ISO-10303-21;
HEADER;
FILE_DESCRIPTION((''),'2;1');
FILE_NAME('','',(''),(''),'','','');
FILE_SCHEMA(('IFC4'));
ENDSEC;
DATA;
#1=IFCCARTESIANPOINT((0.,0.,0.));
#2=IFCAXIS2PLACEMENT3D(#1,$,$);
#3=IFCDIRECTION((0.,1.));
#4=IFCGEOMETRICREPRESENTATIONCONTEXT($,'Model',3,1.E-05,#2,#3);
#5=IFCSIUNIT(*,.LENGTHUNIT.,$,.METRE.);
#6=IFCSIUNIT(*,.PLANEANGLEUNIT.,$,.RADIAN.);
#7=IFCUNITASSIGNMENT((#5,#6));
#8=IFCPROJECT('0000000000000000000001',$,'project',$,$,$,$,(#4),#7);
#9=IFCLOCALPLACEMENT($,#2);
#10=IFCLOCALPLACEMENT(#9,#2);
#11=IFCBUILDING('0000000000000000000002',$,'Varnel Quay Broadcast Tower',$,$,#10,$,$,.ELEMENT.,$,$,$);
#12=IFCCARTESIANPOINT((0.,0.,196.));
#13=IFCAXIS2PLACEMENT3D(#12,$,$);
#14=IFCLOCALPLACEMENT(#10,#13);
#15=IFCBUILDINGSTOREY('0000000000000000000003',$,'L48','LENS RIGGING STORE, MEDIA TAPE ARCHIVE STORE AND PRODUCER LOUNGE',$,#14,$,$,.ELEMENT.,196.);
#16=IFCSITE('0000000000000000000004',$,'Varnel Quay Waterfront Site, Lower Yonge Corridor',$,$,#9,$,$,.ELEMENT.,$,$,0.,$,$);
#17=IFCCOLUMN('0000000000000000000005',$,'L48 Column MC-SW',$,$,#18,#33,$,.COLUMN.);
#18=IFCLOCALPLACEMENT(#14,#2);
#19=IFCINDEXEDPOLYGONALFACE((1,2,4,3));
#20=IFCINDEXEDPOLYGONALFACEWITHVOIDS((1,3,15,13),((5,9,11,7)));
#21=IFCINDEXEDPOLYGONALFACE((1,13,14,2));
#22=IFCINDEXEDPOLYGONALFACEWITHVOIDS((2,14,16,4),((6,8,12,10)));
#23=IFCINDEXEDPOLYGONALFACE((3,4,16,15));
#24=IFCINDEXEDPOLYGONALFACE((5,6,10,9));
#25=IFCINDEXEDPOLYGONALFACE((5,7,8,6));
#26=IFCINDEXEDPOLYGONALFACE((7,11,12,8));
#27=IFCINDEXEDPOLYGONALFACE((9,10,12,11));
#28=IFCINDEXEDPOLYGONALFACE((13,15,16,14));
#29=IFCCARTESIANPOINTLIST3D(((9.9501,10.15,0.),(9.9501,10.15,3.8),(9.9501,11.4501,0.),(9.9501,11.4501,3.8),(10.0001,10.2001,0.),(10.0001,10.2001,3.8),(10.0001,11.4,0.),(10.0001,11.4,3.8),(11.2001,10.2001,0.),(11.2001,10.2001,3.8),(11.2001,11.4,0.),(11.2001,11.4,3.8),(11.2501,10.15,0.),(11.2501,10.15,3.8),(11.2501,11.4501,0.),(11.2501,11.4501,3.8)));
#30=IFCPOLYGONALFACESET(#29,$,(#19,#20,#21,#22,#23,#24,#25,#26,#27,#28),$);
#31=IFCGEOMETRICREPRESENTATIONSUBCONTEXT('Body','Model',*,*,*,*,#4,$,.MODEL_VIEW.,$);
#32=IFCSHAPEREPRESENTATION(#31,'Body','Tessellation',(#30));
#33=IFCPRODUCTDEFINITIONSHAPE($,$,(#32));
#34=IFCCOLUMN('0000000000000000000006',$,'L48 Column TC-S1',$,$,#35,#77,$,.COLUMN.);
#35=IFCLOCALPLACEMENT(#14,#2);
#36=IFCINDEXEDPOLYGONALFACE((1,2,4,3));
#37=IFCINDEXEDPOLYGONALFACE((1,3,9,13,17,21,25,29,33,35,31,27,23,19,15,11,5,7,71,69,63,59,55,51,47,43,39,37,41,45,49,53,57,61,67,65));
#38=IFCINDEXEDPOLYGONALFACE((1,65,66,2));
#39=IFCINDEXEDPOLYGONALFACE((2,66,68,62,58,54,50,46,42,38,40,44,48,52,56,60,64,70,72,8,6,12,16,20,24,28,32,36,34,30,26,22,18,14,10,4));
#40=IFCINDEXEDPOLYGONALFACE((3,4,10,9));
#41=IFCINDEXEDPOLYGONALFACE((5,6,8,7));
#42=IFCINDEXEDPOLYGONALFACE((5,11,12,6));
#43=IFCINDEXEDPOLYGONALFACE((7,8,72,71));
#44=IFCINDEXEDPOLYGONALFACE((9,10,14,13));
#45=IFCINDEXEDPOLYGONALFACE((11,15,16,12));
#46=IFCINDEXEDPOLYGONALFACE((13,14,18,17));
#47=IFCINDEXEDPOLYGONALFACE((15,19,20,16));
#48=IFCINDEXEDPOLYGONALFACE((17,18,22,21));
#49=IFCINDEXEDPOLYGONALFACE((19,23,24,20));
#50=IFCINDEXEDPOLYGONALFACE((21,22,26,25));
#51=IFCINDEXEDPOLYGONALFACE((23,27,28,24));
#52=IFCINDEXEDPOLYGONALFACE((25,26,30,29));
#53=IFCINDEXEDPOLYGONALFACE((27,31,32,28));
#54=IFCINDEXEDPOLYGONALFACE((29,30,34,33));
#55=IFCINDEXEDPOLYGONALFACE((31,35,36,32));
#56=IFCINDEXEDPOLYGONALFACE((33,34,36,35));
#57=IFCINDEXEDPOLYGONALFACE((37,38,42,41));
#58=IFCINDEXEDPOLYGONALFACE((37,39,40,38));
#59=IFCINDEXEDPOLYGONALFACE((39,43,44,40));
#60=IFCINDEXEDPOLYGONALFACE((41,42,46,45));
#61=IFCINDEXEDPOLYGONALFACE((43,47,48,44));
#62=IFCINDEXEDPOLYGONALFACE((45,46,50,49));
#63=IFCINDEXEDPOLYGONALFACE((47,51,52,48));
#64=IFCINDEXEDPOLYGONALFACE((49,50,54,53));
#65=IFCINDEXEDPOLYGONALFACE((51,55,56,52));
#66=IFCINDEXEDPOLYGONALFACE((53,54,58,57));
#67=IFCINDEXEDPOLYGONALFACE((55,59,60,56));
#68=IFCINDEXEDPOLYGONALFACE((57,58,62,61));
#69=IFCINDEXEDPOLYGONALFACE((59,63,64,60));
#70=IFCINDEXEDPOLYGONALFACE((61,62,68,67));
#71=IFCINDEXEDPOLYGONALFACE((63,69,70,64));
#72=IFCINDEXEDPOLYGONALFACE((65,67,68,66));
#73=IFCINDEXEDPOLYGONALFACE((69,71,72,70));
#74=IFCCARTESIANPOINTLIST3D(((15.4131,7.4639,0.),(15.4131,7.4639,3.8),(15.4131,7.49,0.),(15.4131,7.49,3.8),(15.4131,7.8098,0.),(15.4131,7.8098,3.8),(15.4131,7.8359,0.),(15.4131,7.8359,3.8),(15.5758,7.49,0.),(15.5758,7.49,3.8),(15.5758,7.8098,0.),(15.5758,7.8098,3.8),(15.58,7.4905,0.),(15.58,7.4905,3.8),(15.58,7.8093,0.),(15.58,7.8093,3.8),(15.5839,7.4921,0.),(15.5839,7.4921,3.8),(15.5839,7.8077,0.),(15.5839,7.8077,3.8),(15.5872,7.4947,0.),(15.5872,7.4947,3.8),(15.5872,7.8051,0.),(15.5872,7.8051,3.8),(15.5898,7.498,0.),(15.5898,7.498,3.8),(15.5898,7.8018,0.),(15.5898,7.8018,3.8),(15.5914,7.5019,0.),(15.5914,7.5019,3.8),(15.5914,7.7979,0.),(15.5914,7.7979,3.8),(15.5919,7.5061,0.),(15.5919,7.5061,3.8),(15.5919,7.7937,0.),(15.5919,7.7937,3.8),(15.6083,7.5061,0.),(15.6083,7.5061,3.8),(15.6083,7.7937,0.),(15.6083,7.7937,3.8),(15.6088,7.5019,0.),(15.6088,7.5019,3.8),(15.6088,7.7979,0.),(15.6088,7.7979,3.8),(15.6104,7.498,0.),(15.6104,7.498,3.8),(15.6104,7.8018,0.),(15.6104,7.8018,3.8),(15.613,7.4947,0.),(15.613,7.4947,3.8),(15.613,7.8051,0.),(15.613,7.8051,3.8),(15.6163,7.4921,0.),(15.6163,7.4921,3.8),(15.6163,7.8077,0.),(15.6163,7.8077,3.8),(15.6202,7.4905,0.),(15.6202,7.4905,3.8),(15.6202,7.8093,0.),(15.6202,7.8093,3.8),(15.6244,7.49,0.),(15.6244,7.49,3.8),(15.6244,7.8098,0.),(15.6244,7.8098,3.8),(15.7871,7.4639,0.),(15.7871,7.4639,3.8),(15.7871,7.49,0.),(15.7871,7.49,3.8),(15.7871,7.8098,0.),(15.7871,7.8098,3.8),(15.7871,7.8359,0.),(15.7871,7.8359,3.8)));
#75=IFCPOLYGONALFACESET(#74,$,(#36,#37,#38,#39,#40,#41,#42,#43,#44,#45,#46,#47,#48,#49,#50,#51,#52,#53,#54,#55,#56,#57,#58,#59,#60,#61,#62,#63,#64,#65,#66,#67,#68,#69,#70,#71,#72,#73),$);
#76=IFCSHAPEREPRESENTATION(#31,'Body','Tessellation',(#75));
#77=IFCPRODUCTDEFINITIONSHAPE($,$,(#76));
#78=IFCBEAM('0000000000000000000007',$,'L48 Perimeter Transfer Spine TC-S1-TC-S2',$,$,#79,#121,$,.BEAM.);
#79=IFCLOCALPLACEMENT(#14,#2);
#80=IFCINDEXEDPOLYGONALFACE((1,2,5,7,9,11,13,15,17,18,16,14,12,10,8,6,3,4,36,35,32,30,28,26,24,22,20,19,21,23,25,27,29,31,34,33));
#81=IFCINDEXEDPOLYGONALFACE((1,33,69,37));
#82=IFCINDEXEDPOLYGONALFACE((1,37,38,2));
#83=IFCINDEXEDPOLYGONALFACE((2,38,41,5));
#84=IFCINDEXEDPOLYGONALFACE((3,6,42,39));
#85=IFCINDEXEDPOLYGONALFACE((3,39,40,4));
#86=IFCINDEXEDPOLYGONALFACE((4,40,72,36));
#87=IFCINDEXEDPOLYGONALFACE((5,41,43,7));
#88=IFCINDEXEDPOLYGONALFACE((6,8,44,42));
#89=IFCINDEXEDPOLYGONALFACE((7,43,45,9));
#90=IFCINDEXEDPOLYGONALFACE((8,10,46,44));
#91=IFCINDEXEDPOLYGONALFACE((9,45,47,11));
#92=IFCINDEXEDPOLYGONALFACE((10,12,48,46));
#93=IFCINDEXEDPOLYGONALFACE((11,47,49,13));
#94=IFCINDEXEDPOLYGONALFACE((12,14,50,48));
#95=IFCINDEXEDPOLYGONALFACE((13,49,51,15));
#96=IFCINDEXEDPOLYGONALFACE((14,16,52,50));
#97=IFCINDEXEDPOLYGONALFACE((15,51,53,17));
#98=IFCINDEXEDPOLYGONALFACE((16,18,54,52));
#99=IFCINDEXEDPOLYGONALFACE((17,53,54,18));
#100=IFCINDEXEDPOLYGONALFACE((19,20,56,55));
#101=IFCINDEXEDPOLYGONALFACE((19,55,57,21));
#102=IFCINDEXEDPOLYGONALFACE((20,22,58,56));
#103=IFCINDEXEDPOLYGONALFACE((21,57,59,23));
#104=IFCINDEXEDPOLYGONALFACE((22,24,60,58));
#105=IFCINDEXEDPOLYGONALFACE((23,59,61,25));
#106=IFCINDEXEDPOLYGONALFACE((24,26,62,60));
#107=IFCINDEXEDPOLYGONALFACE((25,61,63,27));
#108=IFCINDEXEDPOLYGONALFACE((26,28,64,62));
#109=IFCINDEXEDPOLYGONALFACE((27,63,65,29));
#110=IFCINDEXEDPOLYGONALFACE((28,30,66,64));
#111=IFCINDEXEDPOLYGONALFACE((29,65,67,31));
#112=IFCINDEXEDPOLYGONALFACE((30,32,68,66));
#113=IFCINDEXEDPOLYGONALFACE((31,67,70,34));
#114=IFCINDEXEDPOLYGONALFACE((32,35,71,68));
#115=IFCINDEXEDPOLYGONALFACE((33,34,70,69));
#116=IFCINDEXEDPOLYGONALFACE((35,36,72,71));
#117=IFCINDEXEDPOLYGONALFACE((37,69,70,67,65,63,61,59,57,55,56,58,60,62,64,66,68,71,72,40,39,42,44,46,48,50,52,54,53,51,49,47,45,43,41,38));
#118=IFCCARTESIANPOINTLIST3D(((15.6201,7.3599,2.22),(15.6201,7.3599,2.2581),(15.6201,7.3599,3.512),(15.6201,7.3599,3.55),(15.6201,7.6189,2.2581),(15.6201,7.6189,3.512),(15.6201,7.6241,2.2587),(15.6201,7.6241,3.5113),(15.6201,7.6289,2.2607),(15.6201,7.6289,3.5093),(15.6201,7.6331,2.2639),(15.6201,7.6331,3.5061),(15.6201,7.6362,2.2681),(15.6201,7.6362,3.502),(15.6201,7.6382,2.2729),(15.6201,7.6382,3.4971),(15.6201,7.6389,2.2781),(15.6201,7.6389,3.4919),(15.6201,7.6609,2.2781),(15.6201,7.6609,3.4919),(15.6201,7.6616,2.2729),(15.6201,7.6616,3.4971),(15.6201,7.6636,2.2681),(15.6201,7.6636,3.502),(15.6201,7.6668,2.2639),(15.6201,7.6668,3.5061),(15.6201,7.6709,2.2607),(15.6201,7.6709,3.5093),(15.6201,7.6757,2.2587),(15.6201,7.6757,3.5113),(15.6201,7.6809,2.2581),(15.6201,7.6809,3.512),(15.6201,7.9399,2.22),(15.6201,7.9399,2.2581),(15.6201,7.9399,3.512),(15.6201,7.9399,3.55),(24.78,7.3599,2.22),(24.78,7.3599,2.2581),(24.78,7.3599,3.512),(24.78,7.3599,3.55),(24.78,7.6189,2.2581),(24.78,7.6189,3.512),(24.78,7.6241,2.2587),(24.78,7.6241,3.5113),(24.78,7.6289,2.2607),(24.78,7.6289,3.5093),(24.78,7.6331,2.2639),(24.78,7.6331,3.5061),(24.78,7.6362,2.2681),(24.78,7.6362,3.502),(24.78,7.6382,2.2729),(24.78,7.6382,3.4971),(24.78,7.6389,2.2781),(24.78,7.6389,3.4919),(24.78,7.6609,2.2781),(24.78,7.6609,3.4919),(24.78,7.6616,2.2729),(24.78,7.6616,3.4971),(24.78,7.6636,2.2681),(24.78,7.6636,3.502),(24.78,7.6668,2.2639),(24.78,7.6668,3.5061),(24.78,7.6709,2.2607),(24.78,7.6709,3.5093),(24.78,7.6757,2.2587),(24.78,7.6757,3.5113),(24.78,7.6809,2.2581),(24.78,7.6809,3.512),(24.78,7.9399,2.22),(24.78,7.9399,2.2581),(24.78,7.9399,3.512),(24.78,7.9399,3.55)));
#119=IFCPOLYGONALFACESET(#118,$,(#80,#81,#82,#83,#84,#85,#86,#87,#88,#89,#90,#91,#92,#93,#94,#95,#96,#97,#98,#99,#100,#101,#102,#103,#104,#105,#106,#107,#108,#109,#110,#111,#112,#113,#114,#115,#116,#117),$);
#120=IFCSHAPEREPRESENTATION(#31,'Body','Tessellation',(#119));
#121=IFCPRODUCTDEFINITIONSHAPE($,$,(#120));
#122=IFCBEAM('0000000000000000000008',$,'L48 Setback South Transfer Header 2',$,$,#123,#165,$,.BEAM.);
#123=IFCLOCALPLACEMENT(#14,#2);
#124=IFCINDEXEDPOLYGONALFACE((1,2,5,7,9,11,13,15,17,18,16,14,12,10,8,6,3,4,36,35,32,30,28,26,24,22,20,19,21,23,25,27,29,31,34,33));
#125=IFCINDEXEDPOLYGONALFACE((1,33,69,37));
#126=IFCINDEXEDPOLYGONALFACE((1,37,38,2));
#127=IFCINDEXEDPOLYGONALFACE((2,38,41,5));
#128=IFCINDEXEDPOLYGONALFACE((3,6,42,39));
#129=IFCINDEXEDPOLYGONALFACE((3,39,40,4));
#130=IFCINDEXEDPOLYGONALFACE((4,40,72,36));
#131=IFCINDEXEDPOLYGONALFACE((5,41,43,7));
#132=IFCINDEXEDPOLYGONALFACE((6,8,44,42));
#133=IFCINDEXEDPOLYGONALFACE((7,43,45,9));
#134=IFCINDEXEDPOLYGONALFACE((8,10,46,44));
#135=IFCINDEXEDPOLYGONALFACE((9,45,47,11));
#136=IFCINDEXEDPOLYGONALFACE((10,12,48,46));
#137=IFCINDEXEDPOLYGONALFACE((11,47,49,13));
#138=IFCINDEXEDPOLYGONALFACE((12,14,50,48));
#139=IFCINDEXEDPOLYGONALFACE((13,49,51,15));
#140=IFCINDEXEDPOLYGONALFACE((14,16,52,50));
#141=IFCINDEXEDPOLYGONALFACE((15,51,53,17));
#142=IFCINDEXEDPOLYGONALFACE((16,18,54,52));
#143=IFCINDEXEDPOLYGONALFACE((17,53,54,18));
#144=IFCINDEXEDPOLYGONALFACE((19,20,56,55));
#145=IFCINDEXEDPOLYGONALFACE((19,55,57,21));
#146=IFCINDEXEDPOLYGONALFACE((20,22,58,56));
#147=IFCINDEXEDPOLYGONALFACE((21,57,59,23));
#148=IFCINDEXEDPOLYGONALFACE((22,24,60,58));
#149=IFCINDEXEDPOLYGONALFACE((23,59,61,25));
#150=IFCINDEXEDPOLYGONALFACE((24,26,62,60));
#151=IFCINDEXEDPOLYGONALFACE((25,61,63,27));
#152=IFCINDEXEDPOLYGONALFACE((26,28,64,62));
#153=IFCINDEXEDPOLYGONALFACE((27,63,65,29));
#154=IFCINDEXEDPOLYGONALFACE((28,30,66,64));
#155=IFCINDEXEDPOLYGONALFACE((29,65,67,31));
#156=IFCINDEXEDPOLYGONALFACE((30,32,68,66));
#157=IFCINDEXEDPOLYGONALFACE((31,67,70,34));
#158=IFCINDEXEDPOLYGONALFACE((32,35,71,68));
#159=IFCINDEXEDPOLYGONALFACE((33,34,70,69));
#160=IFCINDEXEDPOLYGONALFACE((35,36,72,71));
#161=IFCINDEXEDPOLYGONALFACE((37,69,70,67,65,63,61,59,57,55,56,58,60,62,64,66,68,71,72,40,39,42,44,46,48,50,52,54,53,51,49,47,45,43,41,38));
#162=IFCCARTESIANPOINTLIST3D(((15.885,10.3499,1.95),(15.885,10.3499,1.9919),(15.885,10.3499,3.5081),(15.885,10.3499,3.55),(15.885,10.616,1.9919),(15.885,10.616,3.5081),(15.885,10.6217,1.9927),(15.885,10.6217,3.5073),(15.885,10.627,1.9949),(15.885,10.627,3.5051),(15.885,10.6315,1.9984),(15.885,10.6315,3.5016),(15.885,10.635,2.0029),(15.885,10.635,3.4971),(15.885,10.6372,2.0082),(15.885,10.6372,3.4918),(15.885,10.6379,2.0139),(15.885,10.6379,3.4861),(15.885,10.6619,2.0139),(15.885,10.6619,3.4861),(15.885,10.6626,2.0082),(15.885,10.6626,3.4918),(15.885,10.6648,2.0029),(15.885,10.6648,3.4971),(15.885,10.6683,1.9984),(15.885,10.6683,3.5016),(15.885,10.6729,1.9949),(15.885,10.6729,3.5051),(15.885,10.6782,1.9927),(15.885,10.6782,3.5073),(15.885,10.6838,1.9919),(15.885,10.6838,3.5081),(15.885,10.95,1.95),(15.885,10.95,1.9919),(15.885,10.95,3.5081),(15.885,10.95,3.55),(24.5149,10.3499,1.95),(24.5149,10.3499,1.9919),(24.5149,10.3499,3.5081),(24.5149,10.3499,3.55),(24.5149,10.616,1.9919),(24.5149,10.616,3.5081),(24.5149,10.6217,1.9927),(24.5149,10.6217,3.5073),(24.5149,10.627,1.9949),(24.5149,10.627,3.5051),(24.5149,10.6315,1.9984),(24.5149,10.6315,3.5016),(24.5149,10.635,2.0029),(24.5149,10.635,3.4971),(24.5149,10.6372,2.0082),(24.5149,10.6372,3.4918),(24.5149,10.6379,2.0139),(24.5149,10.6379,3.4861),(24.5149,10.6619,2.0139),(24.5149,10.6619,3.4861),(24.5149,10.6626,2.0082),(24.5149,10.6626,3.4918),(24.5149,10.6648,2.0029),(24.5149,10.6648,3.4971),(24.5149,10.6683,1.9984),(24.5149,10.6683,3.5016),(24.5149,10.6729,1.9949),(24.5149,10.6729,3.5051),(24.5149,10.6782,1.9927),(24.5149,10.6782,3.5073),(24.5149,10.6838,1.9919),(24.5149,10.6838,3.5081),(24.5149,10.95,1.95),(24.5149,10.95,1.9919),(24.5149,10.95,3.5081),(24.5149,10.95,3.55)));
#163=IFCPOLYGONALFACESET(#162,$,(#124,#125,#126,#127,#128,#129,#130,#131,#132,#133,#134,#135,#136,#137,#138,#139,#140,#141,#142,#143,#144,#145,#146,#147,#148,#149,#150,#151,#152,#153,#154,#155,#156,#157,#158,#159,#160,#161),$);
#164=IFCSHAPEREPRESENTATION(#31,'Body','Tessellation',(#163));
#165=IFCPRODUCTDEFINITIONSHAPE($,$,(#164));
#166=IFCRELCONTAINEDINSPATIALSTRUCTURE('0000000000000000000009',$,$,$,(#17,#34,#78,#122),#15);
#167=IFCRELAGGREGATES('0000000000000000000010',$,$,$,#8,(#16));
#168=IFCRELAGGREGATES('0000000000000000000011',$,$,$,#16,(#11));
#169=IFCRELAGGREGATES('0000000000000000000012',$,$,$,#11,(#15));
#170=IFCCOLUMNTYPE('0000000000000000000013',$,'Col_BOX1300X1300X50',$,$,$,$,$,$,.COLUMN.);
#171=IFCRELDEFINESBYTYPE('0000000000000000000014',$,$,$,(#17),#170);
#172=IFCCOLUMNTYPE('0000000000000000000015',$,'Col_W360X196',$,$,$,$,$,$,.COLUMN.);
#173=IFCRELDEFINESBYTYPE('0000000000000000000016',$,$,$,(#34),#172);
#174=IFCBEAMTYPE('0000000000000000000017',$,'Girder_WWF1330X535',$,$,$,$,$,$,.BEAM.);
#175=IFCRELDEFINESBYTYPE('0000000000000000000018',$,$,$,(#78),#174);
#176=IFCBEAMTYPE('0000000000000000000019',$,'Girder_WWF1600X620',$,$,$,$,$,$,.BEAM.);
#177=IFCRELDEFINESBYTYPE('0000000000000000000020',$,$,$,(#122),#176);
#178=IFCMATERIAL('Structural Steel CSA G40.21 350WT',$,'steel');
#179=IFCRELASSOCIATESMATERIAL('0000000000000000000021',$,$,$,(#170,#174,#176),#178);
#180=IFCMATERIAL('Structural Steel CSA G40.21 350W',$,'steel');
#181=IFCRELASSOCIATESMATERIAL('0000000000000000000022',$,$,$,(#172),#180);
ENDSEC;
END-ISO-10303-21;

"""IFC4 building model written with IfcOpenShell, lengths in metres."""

from ifc_helpers import new_model, si_unit, direction, frame, origin, origin_2d, place, context, subcontext, project, spatial, hollow_rectangle, i_section, extrude, source, transform, mapped, material, material_profile, profile_set, type_object, type_shapes, element, save


model = new_model("IFC4")

# Units and contexts
model_context = context("Model", 3, precision=1e-05, world=origin(), true_north=direction((0.0, 1.0)))
body_context = subcontext(model_context, "Body", "Model", "MODEL_VIEW")
ifc_project = project(units=[si_unit("LENGTHUNIT", "METRE"), si_unit("PLANEANGLEUNIT", "RADIAN")], contexts=[model_context])

# Site, building, storey
site_placement = place(None, origin())
site = spatial("IfcSite", under=ifc_project, at=site_placement, Name="Varnel Quay Waterfront Site, Lower Yonge Corridor", CompositionType="ELEMENT", RefElevation=0.0)
building_placement = place(site_placement, origin())
building = spatial("IfcBuilding", under=site, at=building_placement, Name="Varnel Quay Broadcast Tower", CompositionType="ELEMENT")
storey_placement = place(building_placement, frame((0.0, 0.0, 196.0)))
storey = spatial("IfcBuildingStorey", under=building, at=storey_placement, Name="L48", Description="LENS RIGGING STORE, MEDIA TAPE ARCHIVE STORE AND PRODUCER LOUNGE", CompositionType="ELEMENT", Elevation=196.0)

# Columns
ifc_material_1 = material(Name="Structural Steel CSA G40.21 350WT", Category="steel")
ifc_material_profile_1 = material_profile(ifc_material_1, hollow_rectangle(XDim=1.3, YDim=1.3, WallThickness=0.05, at=origin_2d()), Name="BOX1300X1300X50")
ifc_profile_set_1 = profile_set([ifc_material_profile_1], Name="Structural Steel CSA G40.21 350WT")
column_type_1 = type_object("IfcColumnType", Name="Col_BOX1300X1300X50", PredefinedType="COLUMN", material=ifc_profile_set_1)
shared_shape_1 = source(origin(), body_context, "Body", "SweptSolid", [
    extrude(hollow_rectangle(XDim=1.3, YDim=1.3, WallThickness=0.05, at=origin_2d()), origin(), (0.0, 0.0, 1.0), 3.8),
])
type_shapes(column_type_1, [shared_shape_1])
column_1_placement = place(storey_placement, frame((10.6001, 10.8, 0.0), z_axis=(0.0, 0.0, 1.0), x_axis=(1.0, 0.0, 0.0)))
element("IfcColumn", 1, at=column_1_placement, inside=storey, type_object=column_type_1, Name="L48 Column MC-SW", PredefinedType="COLUMN", context=body_context, shape_type="MappedRepresentation", body=[
    mapped(shared_shape_1, transform((0.0, 0.0, 0.0), x_axis=(1.0, 0.0, 0.0), y_axis=(0.0, 1.0, 0.0), z_axis=(0.0, 0.0, 1.0), scale=1.0)),
])
ifc_material_2 = material(Name="Structural Steel CSA G40.21 350W", Category="steel")
ifc_material_profile_2 = material_profile(ifc_material_2, i_section(OverallWidth=0.374, OverallDepth=0.3721, WebThickness=0.0164, FlangeThickness=0.0261, FilletRadius=0.0161, at=origin_2d()), Name="W360X196")
ifc_profile_set_2 = profile_set([ifc_material_profile_2], Name="Structural Steel CSA G40.21 350W")
column_type_2 = type_object("IfcColumnType", Name="Col_W360X196", PredefinedType="COLUMN", material=ifc_profile_set_2)
shared_shape_2 = source(origin(), body_context, "Body", "SweptSolid", [
    extrude(i_section(OverallWidth=0.374, OverallDepth=0.3721, WebThickness=0.0164, FlangeThickness=0.0261, FilletRadius=0.0161, at=origin_2d()), origin(), (0.0, 0.0, 1.0), 3.8),
])
type_shapes(column_type_2, [shared_shape_2])
column_2_placement = place(storey_placement, frame((15.6001, 7.6499, 0.0), z_axis=(0.0, 0.0, 1.0), x_axis=(1.0, 0.0, 0.0)))
element("IfcColumn", 2, at=column_2_placement, inside=storey, type_object=column_type_2, Name="L48 Column TC-S1", PredefinedType="COLUMN", context=body_context, shape_type="MappedRepresentation", body=[
    mapped(shared_shape_2, transform((0.0, 0.0, 0.0), x_axis=(1.0, 0.0, 0.0), y_axis=(0.0, 1.0, 0.0), z_axis=(0.0, 0.0, 1.0), scale=1.0)),
])

# Beams
ifc_material_profile_3 = material_profile(ifc_material_1, i_section(OverallWidth=0.5801, OverallDepth=1.3301, WebThickness=0.022, FlangeThickness=0.0381, FilletRadius=0.02, at=origin_2d()), Name="WWF1330X535")
ifc_profile_set_3 = profile_set([ifc_material_profile_3], Name="Structural Steel CSA G40.21 350WT")
beam_type_1 = type_object("IfcBeamType", Name="Girder_WWF1330X535", PredefinedType="BEAM", material=ifc_profile_set_3)
shared_shape_3 = source(origin(), body_context, "Body", "SweptSolid", [
    extrude(i_section(OverallWidth=0.5801, OverallDepth=1.3301, WebThickness=0.022, FlangeThickness=0.0381, FilletRadius=0.02, at=origin_2d()), origin(), (0.0, 0.0, 1.0), 9.1599),
])
beam_1_placement = place(storey_placement, frame((15.6201, 7.6499, 2.885), z_axis=(1.0, 0.0, 0.0), x_axis=(0.0, 1.0, 0.0)))
element("IfcBeam", 3, at=beam_1_placement, inside=storey, type_object=beam_type_1, Name="L48 Perimeter Transfer Spine TC-S1-TC-S2", PredefinedType="BEAM", context=body_context, shape_type="MappedRepresentation", body=[
    mapped(shared_shape_3, transform((0.0, 0.0, 0.0), x_axis=(1.0, 0.0, 0.0), y_axis=(0.0, 1.0, 0.0), z_axis=(0.0, 0.0, 1.0), scale=1.0)),
])
ifc_material_profile_4 = material_profile(ifc_material_1, i_section(OverallWidth=0.6001, OverallDepth=1.6001, WebThickness=0.0239, FlangeThickness=0.042, FilletRadius=0.022, at=origin_2d()), Name="WWF1600X620")
ifc_profile_set_4 = profile_set([ifc_material_profile_4], Name="Structural Steel CSA G40.21 350WT")
beam_type_2 = type_object("IfcBeamType", Name="Girder_WWF1600X620", PredefinedType="BEAM", material=ifc_profile_set_4)
shared_shape_4 = source(origin(), body_context, "Body", "SweptSolid", [
    extrude(i_section(OverallWidth=0.6001, OverallDepth=1.6001, WebThickness=0.0239, FlangeThickness=0.042, FilletRadius=0.022, at=origin_2d()), origin(), (0.0, 0.0, 1.0), 8.6299),
])
beam_2_placement = place(storey_placement, frame((15.885, 10.6499, 2.75), z_axis=(1.0, 0.0, 0.0), x_axis=(0.0, 1.0, 0.0)))
element("IfcBeam", 4, at=beam_2_placement, inside=storey, type_object=beam_type_2, Name="L48 Setback South Transfer Header 2", PredefinedType="BEAM", context=body_context, shape_type="MappedRepresentation", body=[
    mapped(shared_shape_4, transform((0.0, 0.0, 0.0), x_axis=(1.0, 0.0, 0.0), y_axis=(0.0, 1.0, 0.0), z_axis=(0.0, 0.0, 1.0), scale=1.0)),
])

save(model, "model.ifc")
